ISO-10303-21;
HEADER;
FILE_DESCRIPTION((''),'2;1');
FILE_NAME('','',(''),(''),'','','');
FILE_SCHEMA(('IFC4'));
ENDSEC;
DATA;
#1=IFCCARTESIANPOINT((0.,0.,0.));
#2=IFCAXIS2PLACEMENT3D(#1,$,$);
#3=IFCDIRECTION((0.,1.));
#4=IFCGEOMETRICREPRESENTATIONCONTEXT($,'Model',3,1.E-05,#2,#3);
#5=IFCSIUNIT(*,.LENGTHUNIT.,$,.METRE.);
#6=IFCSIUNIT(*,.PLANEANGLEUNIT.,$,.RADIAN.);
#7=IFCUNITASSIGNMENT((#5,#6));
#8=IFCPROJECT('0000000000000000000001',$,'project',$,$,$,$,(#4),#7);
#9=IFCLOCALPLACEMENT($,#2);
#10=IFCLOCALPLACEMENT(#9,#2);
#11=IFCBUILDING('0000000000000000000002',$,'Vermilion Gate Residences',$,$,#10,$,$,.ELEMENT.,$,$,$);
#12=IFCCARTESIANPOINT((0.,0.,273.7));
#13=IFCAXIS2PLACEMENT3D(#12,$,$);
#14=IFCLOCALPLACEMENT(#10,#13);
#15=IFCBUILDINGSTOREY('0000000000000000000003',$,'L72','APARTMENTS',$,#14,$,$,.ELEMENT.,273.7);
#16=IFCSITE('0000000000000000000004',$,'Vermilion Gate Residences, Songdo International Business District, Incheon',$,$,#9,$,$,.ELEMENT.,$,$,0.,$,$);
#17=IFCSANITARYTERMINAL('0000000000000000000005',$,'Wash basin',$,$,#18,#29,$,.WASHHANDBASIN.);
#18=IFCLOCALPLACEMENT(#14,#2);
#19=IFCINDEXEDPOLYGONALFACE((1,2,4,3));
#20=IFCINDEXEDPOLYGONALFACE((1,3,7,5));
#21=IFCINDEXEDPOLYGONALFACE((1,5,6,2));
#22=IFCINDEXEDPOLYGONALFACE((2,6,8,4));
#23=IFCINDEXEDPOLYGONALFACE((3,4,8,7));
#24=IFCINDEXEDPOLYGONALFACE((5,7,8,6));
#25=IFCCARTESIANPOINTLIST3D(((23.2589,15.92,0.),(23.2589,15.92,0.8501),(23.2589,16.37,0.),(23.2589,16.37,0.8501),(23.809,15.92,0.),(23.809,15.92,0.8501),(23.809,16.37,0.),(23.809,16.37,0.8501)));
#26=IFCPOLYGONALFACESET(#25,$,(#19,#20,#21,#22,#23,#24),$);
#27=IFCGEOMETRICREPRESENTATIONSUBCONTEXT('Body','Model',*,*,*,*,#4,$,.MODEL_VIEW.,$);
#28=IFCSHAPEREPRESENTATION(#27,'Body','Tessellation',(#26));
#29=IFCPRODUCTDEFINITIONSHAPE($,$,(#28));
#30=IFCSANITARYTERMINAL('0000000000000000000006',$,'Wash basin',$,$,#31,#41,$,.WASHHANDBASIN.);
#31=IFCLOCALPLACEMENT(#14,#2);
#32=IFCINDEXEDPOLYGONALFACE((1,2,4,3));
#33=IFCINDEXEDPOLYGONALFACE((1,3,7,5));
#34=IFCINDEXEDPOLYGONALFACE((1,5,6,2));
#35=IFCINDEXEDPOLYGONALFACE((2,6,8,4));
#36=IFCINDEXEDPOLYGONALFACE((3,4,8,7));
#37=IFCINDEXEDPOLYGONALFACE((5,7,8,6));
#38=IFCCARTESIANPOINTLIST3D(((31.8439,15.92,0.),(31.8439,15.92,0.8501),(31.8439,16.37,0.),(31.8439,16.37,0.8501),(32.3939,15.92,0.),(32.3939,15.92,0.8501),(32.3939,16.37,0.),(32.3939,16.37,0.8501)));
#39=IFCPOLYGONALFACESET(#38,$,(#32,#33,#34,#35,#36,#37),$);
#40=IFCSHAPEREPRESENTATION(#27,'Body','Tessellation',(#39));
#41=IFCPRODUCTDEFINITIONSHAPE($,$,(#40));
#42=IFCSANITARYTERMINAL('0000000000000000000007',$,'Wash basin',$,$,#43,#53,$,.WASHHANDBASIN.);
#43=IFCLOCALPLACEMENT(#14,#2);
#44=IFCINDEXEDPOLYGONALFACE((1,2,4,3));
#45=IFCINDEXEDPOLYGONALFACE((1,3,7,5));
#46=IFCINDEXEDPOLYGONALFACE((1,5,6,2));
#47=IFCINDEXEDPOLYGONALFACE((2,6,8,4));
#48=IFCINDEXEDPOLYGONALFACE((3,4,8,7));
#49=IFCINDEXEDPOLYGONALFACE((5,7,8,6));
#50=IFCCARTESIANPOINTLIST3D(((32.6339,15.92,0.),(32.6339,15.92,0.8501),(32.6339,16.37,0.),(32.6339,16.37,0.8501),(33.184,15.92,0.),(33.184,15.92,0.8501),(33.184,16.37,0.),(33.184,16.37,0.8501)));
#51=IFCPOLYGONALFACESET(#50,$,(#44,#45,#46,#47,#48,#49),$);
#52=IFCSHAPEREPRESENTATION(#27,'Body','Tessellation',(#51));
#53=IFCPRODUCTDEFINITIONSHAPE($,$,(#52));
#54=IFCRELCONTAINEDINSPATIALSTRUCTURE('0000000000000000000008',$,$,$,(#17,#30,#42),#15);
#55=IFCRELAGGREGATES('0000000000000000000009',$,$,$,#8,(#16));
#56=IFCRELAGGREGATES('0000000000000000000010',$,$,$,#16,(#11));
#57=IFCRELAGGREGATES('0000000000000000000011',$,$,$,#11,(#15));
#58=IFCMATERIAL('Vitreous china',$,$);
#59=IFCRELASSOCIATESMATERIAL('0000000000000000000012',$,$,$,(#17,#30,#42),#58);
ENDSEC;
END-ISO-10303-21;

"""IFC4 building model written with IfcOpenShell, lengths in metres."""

from ifc_helpers import new_model, si_unit, direction, frame, origin, origin_2d, place, context, subcontext, project, spatial, rectangle, extrude, material, element, save


model = new_model("IFC4")

# Units and contexts
model_context = context("Model", 3, precision=1e-05, world=origin(), true_north=direction((0.0, 1.0)))
body_context = subcontext(model_context, "Body", "Model", "MODEL_VIEW")
ifc_project = project(units=[si_unit("LENGTHUNIT", "METRE"), si_unit("PLANEANGLEUNIT", "RADIAN")], contexts=[model_context])

# Site, building, storey
site_placement = place(None, origin())
site = spatial("IfcSite", under=ifc_project, at=site_placement, Name="Vermilion Gate Residences, Songdo International Business District, Incheon", CompositionType="ELEMENT", RefElevation=0.0)
building_placement = place(site_placement, origin())
building = spatial("IfcBuilding", under=site, at=building_placement, Name="Vermilion Gate Residences", CompositionType="ELEMENT")
storey_placement = place(building_placement, frame((0.0, 0.0, 273.7)))
storey = spatial("IfcBuildingStorey", under=building, at=storey_placement, Name="L72", Description="APARTMENTS", CompositionType="ELEMENT", Elevation=273.7)

# Sanitary terminals
ifc_material_1 = material(Name="Vitreous china")
for number, where, z_axis, x_axis, name in (
    (1, (23.5339, 16.145, 0.0), (0.0, 0.0, 1.0), (1.0, 0.0, 0.0), "Wash basin"),
    (2, (32.1189, 16.145, 0.0), (0.0, 0.0, 1.0), (1.0, 0.0, 0.0), "Wash basin"),
    (3, (32.9089, 16.145, 0.0), (0.0, 0.0, 1.0), (1.0, 0.0, 0.0), "Wash basin"),
):
    element("IfcSanitaryTerminal", number, at=place(storey_placement, frame(where, z_axis=z_axis, x_axis=x_axis)), inside=storey, material=ifc_material_1, Name=name, PredefinedType="WASHHANDBASIN", context=body_context, shape_type="SweptSolid", body=[
        extrude(rectangle(XDim=0.55, YDim=0.45, at=origin_2d()), origin(), (0.0, 0.0, 1.0), 0.8501),
    ])

save(model, "model.ifc")
